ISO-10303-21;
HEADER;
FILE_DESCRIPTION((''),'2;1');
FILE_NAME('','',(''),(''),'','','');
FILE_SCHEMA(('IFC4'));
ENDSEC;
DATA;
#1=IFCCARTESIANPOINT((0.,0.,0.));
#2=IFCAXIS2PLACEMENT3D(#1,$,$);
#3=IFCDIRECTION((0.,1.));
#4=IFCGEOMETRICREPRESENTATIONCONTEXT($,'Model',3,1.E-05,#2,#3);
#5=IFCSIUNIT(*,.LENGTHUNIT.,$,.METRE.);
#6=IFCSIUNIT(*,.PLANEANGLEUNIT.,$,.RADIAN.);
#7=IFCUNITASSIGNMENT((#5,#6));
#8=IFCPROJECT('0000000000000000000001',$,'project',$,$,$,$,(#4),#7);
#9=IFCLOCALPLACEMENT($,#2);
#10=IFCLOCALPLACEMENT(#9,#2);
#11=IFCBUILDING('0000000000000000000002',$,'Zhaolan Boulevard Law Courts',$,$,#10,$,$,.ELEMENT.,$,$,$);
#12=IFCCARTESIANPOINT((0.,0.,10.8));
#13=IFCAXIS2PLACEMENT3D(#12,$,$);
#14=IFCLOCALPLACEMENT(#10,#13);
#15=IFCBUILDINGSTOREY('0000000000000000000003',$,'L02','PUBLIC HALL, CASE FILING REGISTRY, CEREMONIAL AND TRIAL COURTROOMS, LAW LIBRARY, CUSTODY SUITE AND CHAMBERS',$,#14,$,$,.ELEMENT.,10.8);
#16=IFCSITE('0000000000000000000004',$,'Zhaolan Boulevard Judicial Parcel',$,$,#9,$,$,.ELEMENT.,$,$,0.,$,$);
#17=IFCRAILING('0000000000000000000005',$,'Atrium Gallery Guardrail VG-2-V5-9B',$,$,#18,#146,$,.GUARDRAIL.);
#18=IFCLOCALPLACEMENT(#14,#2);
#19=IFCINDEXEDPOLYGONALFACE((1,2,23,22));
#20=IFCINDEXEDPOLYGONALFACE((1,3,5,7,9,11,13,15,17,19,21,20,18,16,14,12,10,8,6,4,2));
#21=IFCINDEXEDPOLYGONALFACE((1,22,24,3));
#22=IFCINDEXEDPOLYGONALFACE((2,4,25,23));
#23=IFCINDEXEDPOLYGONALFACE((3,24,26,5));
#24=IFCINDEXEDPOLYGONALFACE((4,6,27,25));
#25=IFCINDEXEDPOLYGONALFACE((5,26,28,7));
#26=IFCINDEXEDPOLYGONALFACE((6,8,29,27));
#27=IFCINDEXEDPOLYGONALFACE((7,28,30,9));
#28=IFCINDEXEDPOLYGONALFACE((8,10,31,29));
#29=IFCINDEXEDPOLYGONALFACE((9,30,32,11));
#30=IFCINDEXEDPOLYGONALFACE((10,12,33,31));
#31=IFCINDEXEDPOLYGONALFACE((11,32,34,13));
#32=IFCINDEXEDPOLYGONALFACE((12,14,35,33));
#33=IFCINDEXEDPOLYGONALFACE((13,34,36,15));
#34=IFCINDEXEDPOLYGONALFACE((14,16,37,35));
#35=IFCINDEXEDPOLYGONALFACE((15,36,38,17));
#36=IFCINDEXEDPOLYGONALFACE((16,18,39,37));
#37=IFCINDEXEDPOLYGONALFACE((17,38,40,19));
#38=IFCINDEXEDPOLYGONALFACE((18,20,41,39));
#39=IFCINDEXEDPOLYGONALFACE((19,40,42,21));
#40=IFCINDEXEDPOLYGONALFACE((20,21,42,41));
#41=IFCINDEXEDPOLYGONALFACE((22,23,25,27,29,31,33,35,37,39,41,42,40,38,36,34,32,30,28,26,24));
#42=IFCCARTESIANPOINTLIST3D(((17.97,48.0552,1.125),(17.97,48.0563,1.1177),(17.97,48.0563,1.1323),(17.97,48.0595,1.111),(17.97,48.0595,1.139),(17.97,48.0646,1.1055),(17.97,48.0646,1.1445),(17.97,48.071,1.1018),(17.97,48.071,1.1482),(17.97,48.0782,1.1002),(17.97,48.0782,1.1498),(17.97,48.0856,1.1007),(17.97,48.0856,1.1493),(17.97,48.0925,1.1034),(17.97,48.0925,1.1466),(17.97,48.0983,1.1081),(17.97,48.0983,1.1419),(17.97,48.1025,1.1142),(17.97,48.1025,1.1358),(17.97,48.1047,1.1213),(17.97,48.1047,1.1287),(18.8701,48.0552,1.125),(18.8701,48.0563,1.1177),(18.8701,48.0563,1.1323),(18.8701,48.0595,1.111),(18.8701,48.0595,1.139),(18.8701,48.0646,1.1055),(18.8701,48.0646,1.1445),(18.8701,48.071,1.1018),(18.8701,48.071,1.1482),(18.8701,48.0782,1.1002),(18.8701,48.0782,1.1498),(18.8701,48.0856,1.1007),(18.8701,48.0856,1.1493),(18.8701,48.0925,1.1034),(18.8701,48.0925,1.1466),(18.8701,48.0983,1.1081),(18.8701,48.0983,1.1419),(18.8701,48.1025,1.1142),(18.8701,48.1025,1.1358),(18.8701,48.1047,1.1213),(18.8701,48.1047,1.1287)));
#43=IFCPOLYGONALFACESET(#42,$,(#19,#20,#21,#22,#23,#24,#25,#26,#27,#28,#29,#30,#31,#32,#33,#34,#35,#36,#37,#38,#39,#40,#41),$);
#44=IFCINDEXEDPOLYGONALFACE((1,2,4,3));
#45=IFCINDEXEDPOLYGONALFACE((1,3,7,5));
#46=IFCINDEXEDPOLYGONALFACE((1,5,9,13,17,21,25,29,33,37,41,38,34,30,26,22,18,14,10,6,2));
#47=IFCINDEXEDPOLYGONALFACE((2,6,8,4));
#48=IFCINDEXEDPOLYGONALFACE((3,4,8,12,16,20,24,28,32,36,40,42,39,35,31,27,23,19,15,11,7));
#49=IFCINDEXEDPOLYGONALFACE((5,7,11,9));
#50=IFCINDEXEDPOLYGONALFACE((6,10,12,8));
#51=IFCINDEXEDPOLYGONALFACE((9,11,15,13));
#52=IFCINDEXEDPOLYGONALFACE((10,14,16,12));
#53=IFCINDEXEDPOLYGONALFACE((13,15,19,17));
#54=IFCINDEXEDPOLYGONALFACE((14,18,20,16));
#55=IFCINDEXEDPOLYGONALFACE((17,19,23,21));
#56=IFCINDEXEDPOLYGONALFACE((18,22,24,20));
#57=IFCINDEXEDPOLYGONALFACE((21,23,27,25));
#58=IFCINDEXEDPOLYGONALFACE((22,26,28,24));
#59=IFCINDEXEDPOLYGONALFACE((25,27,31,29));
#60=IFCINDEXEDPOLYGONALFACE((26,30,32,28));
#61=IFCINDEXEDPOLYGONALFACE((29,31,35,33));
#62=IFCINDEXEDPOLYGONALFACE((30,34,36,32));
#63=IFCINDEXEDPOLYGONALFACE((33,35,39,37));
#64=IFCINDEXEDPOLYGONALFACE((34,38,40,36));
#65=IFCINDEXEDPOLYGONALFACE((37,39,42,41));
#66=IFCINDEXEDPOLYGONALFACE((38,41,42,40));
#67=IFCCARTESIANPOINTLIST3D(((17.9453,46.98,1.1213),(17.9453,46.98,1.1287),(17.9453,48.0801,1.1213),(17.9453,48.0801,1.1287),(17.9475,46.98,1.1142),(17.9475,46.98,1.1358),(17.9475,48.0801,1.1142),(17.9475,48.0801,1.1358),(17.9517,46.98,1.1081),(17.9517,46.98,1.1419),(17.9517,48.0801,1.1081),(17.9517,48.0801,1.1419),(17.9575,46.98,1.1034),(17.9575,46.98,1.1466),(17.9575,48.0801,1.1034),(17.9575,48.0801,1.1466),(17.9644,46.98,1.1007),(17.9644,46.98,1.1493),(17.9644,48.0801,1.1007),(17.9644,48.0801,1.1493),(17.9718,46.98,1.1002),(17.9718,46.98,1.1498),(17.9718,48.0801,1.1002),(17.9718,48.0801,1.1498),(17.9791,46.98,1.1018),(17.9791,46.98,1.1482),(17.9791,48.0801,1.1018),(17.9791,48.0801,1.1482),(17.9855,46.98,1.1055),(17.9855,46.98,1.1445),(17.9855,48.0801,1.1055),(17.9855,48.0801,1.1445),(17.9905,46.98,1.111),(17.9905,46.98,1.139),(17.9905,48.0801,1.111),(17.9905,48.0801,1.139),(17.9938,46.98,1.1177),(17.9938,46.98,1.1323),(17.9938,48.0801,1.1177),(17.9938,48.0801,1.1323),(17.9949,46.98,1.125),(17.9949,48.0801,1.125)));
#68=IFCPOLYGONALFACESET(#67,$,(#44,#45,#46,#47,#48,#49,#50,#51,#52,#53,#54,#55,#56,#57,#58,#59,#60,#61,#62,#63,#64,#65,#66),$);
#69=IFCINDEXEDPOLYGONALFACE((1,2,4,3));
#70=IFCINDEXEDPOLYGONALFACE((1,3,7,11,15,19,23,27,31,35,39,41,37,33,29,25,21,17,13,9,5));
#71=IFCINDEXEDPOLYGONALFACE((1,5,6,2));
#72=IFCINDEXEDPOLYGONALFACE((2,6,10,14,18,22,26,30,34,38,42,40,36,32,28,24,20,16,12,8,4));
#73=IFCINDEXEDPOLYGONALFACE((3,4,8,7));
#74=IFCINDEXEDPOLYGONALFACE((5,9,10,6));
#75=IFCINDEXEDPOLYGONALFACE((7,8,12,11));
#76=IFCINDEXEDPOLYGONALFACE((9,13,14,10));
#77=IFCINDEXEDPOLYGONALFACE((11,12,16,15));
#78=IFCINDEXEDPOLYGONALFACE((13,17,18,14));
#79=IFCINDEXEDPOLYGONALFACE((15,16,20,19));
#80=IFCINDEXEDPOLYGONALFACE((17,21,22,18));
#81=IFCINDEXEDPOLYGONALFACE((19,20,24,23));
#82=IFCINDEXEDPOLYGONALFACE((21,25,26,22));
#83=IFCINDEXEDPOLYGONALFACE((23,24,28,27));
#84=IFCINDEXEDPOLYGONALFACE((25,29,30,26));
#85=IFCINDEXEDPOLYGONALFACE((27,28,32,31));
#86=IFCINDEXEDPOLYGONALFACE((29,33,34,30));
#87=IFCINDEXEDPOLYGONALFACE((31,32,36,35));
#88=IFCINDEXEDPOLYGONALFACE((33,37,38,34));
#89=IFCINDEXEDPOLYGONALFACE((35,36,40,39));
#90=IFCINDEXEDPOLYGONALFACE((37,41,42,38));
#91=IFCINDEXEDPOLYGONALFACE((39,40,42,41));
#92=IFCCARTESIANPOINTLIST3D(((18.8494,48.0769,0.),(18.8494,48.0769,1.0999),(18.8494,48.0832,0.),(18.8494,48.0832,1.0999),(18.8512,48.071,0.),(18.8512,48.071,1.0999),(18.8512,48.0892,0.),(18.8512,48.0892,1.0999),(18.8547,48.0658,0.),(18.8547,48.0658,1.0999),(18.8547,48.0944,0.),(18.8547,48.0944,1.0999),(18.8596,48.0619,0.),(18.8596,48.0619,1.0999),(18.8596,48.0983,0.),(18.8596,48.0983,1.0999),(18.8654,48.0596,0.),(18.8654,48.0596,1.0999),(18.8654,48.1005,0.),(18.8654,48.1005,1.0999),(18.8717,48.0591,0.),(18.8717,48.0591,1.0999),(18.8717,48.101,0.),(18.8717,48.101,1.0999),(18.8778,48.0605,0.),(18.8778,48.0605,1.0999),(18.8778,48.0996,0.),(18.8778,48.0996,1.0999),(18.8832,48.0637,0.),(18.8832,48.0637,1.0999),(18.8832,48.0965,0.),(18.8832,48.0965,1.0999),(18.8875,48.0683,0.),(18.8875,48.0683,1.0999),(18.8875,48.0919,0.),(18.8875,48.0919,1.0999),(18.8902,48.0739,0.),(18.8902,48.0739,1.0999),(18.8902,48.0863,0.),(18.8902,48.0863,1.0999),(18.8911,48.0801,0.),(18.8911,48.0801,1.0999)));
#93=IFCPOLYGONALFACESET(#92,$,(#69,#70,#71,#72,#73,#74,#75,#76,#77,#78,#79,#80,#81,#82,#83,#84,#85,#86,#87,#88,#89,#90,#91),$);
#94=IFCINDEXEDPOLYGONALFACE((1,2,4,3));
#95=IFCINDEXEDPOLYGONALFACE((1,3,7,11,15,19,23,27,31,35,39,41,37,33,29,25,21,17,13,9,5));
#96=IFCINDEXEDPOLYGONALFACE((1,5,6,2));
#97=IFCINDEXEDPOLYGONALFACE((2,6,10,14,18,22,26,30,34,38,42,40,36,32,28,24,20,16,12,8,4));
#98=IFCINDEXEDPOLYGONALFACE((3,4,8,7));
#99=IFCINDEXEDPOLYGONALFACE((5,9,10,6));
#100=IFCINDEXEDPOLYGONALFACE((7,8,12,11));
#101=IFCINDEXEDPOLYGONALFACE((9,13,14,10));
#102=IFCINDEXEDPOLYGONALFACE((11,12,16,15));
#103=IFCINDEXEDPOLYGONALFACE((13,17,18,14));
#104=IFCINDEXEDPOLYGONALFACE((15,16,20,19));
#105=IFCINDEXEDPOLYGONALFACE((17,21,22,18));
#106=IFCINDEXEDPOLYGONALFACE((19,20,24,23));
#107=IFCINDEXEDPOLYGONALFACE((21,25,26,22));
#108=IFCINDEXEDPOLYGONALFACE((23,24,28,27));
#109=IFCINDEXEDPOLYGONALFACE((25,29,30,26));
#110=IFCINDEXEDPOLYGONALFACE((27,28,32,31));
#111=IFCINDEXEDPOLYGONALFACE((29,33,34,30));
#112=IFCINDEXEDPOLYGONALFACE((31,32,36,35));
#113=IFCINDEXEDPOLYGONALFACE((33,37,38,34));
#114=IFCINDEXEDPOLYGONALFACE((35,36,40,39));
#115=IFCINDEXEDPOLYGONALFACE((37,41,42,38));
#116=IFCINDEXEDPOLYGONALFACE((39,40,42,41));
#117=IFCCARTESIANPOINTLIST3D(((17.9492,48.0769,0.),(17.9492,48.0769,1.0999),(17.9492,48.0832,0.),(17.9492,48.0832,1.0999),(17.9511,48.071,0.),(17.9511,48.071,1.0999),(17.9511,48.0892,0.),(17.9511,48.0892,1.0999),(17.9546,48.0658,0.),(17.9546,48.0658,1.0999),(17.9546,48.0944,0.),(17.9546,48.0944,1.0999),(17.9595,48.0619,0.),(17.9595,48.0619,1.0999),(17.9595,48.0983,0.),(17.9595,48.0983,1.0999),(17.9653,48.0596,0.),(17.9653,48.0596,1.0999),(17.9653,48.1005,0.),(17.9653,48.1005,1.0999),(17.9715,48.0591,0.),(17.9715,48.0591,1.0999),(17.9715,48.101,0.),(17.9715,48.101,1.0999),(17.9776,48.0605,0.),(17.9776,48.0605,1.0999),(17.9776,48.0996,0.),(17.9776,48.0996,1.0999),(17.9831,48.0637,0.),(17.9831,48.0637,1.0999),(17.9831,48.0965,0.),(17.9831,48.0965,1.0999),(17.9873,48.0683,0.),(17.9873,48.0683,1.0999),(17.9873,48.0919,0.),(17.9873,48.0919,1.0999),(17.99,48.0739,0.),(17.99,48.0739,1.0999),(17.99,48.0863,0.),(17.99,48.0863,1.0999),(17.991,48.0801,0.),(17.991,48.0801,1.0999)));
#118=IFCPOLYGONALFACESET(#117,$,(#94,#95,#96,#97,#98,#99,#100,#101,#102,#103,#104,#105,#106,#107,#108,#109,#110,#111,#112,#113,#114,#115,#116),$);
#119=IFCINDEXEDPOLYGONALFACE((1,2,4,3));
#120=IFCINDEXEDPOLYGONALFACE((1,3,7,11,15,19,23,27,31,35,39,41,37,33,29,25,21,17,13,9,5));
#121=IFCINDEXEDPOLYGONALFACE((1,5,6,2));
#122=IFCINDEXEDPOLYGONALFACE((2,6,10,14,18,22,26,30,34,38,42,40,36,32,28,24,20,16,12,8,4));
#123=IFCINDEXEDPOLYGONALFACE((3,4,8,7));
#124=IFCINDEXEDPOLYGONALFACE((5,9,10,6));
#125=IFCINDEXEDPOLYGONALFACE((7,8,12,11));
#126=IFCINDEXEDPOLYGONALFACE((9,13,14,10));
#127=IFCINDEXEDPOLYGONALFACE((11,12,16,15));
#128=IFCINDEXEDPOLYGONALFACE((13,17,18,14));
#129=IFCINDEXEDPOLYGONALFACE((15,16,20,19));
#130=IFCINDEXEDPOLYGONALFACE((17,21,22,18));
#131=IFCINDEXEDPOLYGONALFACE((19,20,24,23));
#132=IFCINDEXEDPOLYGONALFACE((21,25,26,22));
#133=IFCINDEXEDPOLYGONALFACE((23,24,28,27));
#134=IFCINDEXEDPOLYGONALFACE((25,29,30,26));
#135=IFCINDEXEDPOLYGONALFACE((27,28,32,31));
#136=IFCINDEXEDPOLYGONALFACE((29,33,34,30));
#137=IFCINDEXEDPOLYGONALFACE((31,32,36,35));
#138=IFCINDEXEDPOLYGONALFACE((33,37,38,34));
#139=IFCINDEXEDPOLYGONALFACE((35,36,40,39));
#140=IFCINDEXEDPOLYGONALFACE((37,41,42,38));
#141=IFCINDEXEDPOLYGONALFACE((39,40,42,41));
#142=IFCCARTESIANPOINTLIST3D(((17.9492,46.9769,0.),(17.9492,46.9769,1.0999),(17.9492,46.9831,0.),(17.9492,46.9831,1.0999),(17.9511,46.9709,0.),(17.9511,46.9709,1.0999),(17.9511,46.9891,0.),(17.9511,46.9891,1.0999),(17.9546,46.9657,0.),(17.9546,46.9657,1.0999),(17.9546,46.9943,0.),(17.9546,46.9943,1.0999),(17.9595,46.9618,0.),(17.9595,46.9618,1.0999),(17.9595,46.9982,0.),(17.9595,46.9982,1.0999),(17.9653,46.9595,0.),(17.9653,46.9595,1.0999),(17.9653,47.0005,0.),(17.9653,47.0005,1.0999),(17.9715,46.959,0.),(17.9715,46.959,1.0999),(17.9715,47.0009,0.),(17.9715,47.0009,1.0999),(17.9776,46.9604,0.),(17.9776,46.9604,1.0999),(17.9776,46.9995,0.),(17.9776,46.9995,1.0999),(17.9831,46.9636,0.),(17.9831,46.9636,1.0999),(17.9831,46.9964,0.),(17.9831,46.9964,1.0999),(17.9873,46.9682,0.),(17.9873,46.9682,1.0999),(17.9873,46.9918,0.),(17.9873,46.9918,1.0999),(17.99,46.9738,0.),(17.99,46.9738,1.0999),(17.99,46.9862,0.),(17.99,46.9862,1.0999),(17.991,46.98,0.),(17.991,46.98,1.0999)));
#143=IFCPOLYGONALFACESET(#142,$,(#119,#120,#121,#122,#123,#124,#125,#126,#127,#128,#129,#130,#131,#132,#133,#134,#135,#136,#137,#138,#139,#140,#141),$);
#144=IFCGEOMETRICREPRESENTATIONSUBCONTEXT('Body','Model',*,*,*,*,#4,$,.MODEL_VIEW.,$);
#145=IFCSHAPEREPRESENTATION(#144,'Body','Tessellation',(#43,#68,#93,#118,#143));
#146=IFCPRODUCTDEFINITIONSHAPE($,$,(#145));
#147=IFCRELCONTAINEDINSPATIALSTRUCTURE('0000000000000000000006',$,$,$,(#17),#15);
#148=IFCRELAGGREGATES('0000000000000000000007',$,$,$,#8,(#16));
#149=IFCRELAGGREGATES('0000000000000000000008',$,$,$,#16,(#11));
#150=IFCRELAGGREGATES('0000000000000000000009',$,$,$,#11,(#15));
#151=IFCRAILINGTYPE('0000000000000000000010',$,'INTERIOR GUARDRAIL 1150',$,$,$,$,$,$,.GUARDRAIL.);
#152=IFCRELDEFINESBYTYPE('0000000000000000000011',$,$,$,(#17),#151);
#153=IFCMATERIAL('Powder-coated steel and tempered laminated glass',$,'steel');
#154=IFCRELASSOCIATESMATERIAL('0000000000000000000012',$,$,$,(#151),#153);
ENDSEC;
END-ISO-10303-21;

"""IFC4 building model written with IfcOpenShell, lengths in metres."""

from ifc_helpers import new_model, si_unit, direction, frame, origin, origin_2d, place, context, subcontext, project, spatial, circle, extrude, material, type_object, element, save


model = new_model("IFC4")

# Units and contexts
model_context = context("Model", 3, precision=1e-05, world=origin(), true_north=direction((0.0, 1.0)))
body_context = subcontext(model_context, "Body", "Model", "MODEL_VIEW")
ifc_project = project(units=[si_unit("LENGTHUNIT", "METRE"), si_unit("PLANEANGLEUNIT", "RADIAN")], contexts=[model_context])

# Site, building, storey
site_placement = place(None, origin())
site = spatial("IfcSite", under=ifc_project, at=site_placement, Name="Zhaolan Boulevard Judicial Parcel", CompositionType="ELEMENT", RefElevation=0.0)
building_placement = place(site_placement, origin())
building = spatial("IfcBuilding", under=site, at=building_placement, Name="Zhaolan Boulevard Law Courts", CompositionType="ELEMENT")
storey_placement = place(building_placement, frame((0.0, 0.0, 10.8)))
storey = spatial("IfcBuildingStorey", under=building, at=storey_placement, Name="L02", Description="PUBLIC HALL, CASE FILING REGISTRY, CEREMONIAL AND TRIAL COURTROOMS, LAW LIBRARY, CUSTODY SUITE AND CHAMBERS", CompositionType="ELEMENT", Elevation=10.8)

# Railing
ifc_material_1 = material(Name="Powder-coated steel and tempered laminated glass", Category="steel")
railing_type_1 = type_object("IfcRailingType", Name="INTERIOR GUARDRAIL 1150", PredefinedType="GUARDRAIL", material=ifc_material_1)
railing_1_placement = place(storey_placement, frame((18.8701, 48.0801, 0.0)))
element("IfcRailing", 1, at=railing_1_placement, inside=storey, type_object=railing_type_1, Name="Atrium Gallery Guardrail VG-2-V5-9B", PredefinedType="GUARDRAIL", context=body_context, shape_type="SweptSolid", body=[
    extrude(circle(Radius=0.0249, at=origin_2d()), frame((0.0, 0.0, 1.125), z_axis=(-1.0, 0.0, 0.0), x_axis=(0.0, -1.0, 0.0)), (0.0, 0.0, 1.0), 0.9001),
    extrude(circle(Radius=0.0249, at=origin_2d()), frame((-0.9001, 0.0, 1.125), z_axis=(0.0, -1.0, 0.0), x_axis=(1.0, 0.0, 0.0)), (0.0, 0.0, 1.0), 1.1001),
    extrude(circle(Radius=0.021, at=origin_2d()), origin(), (0.0, 0.0, 1.0), 1.0999),
    extrude(circle(Radius=0.021, at=origin_2d()), frame((-0.9001, 0.0, 0.0)), (0.0, 0.0, 1.0), 1.0999),
    extrude(circle(Radius=0.021, at=origin_2d()), frame((-0.9001, -1.1001, 0.0)), (0.0, 0.0, 1.0), 1.0999),
])

save(model, "model.ifc")
